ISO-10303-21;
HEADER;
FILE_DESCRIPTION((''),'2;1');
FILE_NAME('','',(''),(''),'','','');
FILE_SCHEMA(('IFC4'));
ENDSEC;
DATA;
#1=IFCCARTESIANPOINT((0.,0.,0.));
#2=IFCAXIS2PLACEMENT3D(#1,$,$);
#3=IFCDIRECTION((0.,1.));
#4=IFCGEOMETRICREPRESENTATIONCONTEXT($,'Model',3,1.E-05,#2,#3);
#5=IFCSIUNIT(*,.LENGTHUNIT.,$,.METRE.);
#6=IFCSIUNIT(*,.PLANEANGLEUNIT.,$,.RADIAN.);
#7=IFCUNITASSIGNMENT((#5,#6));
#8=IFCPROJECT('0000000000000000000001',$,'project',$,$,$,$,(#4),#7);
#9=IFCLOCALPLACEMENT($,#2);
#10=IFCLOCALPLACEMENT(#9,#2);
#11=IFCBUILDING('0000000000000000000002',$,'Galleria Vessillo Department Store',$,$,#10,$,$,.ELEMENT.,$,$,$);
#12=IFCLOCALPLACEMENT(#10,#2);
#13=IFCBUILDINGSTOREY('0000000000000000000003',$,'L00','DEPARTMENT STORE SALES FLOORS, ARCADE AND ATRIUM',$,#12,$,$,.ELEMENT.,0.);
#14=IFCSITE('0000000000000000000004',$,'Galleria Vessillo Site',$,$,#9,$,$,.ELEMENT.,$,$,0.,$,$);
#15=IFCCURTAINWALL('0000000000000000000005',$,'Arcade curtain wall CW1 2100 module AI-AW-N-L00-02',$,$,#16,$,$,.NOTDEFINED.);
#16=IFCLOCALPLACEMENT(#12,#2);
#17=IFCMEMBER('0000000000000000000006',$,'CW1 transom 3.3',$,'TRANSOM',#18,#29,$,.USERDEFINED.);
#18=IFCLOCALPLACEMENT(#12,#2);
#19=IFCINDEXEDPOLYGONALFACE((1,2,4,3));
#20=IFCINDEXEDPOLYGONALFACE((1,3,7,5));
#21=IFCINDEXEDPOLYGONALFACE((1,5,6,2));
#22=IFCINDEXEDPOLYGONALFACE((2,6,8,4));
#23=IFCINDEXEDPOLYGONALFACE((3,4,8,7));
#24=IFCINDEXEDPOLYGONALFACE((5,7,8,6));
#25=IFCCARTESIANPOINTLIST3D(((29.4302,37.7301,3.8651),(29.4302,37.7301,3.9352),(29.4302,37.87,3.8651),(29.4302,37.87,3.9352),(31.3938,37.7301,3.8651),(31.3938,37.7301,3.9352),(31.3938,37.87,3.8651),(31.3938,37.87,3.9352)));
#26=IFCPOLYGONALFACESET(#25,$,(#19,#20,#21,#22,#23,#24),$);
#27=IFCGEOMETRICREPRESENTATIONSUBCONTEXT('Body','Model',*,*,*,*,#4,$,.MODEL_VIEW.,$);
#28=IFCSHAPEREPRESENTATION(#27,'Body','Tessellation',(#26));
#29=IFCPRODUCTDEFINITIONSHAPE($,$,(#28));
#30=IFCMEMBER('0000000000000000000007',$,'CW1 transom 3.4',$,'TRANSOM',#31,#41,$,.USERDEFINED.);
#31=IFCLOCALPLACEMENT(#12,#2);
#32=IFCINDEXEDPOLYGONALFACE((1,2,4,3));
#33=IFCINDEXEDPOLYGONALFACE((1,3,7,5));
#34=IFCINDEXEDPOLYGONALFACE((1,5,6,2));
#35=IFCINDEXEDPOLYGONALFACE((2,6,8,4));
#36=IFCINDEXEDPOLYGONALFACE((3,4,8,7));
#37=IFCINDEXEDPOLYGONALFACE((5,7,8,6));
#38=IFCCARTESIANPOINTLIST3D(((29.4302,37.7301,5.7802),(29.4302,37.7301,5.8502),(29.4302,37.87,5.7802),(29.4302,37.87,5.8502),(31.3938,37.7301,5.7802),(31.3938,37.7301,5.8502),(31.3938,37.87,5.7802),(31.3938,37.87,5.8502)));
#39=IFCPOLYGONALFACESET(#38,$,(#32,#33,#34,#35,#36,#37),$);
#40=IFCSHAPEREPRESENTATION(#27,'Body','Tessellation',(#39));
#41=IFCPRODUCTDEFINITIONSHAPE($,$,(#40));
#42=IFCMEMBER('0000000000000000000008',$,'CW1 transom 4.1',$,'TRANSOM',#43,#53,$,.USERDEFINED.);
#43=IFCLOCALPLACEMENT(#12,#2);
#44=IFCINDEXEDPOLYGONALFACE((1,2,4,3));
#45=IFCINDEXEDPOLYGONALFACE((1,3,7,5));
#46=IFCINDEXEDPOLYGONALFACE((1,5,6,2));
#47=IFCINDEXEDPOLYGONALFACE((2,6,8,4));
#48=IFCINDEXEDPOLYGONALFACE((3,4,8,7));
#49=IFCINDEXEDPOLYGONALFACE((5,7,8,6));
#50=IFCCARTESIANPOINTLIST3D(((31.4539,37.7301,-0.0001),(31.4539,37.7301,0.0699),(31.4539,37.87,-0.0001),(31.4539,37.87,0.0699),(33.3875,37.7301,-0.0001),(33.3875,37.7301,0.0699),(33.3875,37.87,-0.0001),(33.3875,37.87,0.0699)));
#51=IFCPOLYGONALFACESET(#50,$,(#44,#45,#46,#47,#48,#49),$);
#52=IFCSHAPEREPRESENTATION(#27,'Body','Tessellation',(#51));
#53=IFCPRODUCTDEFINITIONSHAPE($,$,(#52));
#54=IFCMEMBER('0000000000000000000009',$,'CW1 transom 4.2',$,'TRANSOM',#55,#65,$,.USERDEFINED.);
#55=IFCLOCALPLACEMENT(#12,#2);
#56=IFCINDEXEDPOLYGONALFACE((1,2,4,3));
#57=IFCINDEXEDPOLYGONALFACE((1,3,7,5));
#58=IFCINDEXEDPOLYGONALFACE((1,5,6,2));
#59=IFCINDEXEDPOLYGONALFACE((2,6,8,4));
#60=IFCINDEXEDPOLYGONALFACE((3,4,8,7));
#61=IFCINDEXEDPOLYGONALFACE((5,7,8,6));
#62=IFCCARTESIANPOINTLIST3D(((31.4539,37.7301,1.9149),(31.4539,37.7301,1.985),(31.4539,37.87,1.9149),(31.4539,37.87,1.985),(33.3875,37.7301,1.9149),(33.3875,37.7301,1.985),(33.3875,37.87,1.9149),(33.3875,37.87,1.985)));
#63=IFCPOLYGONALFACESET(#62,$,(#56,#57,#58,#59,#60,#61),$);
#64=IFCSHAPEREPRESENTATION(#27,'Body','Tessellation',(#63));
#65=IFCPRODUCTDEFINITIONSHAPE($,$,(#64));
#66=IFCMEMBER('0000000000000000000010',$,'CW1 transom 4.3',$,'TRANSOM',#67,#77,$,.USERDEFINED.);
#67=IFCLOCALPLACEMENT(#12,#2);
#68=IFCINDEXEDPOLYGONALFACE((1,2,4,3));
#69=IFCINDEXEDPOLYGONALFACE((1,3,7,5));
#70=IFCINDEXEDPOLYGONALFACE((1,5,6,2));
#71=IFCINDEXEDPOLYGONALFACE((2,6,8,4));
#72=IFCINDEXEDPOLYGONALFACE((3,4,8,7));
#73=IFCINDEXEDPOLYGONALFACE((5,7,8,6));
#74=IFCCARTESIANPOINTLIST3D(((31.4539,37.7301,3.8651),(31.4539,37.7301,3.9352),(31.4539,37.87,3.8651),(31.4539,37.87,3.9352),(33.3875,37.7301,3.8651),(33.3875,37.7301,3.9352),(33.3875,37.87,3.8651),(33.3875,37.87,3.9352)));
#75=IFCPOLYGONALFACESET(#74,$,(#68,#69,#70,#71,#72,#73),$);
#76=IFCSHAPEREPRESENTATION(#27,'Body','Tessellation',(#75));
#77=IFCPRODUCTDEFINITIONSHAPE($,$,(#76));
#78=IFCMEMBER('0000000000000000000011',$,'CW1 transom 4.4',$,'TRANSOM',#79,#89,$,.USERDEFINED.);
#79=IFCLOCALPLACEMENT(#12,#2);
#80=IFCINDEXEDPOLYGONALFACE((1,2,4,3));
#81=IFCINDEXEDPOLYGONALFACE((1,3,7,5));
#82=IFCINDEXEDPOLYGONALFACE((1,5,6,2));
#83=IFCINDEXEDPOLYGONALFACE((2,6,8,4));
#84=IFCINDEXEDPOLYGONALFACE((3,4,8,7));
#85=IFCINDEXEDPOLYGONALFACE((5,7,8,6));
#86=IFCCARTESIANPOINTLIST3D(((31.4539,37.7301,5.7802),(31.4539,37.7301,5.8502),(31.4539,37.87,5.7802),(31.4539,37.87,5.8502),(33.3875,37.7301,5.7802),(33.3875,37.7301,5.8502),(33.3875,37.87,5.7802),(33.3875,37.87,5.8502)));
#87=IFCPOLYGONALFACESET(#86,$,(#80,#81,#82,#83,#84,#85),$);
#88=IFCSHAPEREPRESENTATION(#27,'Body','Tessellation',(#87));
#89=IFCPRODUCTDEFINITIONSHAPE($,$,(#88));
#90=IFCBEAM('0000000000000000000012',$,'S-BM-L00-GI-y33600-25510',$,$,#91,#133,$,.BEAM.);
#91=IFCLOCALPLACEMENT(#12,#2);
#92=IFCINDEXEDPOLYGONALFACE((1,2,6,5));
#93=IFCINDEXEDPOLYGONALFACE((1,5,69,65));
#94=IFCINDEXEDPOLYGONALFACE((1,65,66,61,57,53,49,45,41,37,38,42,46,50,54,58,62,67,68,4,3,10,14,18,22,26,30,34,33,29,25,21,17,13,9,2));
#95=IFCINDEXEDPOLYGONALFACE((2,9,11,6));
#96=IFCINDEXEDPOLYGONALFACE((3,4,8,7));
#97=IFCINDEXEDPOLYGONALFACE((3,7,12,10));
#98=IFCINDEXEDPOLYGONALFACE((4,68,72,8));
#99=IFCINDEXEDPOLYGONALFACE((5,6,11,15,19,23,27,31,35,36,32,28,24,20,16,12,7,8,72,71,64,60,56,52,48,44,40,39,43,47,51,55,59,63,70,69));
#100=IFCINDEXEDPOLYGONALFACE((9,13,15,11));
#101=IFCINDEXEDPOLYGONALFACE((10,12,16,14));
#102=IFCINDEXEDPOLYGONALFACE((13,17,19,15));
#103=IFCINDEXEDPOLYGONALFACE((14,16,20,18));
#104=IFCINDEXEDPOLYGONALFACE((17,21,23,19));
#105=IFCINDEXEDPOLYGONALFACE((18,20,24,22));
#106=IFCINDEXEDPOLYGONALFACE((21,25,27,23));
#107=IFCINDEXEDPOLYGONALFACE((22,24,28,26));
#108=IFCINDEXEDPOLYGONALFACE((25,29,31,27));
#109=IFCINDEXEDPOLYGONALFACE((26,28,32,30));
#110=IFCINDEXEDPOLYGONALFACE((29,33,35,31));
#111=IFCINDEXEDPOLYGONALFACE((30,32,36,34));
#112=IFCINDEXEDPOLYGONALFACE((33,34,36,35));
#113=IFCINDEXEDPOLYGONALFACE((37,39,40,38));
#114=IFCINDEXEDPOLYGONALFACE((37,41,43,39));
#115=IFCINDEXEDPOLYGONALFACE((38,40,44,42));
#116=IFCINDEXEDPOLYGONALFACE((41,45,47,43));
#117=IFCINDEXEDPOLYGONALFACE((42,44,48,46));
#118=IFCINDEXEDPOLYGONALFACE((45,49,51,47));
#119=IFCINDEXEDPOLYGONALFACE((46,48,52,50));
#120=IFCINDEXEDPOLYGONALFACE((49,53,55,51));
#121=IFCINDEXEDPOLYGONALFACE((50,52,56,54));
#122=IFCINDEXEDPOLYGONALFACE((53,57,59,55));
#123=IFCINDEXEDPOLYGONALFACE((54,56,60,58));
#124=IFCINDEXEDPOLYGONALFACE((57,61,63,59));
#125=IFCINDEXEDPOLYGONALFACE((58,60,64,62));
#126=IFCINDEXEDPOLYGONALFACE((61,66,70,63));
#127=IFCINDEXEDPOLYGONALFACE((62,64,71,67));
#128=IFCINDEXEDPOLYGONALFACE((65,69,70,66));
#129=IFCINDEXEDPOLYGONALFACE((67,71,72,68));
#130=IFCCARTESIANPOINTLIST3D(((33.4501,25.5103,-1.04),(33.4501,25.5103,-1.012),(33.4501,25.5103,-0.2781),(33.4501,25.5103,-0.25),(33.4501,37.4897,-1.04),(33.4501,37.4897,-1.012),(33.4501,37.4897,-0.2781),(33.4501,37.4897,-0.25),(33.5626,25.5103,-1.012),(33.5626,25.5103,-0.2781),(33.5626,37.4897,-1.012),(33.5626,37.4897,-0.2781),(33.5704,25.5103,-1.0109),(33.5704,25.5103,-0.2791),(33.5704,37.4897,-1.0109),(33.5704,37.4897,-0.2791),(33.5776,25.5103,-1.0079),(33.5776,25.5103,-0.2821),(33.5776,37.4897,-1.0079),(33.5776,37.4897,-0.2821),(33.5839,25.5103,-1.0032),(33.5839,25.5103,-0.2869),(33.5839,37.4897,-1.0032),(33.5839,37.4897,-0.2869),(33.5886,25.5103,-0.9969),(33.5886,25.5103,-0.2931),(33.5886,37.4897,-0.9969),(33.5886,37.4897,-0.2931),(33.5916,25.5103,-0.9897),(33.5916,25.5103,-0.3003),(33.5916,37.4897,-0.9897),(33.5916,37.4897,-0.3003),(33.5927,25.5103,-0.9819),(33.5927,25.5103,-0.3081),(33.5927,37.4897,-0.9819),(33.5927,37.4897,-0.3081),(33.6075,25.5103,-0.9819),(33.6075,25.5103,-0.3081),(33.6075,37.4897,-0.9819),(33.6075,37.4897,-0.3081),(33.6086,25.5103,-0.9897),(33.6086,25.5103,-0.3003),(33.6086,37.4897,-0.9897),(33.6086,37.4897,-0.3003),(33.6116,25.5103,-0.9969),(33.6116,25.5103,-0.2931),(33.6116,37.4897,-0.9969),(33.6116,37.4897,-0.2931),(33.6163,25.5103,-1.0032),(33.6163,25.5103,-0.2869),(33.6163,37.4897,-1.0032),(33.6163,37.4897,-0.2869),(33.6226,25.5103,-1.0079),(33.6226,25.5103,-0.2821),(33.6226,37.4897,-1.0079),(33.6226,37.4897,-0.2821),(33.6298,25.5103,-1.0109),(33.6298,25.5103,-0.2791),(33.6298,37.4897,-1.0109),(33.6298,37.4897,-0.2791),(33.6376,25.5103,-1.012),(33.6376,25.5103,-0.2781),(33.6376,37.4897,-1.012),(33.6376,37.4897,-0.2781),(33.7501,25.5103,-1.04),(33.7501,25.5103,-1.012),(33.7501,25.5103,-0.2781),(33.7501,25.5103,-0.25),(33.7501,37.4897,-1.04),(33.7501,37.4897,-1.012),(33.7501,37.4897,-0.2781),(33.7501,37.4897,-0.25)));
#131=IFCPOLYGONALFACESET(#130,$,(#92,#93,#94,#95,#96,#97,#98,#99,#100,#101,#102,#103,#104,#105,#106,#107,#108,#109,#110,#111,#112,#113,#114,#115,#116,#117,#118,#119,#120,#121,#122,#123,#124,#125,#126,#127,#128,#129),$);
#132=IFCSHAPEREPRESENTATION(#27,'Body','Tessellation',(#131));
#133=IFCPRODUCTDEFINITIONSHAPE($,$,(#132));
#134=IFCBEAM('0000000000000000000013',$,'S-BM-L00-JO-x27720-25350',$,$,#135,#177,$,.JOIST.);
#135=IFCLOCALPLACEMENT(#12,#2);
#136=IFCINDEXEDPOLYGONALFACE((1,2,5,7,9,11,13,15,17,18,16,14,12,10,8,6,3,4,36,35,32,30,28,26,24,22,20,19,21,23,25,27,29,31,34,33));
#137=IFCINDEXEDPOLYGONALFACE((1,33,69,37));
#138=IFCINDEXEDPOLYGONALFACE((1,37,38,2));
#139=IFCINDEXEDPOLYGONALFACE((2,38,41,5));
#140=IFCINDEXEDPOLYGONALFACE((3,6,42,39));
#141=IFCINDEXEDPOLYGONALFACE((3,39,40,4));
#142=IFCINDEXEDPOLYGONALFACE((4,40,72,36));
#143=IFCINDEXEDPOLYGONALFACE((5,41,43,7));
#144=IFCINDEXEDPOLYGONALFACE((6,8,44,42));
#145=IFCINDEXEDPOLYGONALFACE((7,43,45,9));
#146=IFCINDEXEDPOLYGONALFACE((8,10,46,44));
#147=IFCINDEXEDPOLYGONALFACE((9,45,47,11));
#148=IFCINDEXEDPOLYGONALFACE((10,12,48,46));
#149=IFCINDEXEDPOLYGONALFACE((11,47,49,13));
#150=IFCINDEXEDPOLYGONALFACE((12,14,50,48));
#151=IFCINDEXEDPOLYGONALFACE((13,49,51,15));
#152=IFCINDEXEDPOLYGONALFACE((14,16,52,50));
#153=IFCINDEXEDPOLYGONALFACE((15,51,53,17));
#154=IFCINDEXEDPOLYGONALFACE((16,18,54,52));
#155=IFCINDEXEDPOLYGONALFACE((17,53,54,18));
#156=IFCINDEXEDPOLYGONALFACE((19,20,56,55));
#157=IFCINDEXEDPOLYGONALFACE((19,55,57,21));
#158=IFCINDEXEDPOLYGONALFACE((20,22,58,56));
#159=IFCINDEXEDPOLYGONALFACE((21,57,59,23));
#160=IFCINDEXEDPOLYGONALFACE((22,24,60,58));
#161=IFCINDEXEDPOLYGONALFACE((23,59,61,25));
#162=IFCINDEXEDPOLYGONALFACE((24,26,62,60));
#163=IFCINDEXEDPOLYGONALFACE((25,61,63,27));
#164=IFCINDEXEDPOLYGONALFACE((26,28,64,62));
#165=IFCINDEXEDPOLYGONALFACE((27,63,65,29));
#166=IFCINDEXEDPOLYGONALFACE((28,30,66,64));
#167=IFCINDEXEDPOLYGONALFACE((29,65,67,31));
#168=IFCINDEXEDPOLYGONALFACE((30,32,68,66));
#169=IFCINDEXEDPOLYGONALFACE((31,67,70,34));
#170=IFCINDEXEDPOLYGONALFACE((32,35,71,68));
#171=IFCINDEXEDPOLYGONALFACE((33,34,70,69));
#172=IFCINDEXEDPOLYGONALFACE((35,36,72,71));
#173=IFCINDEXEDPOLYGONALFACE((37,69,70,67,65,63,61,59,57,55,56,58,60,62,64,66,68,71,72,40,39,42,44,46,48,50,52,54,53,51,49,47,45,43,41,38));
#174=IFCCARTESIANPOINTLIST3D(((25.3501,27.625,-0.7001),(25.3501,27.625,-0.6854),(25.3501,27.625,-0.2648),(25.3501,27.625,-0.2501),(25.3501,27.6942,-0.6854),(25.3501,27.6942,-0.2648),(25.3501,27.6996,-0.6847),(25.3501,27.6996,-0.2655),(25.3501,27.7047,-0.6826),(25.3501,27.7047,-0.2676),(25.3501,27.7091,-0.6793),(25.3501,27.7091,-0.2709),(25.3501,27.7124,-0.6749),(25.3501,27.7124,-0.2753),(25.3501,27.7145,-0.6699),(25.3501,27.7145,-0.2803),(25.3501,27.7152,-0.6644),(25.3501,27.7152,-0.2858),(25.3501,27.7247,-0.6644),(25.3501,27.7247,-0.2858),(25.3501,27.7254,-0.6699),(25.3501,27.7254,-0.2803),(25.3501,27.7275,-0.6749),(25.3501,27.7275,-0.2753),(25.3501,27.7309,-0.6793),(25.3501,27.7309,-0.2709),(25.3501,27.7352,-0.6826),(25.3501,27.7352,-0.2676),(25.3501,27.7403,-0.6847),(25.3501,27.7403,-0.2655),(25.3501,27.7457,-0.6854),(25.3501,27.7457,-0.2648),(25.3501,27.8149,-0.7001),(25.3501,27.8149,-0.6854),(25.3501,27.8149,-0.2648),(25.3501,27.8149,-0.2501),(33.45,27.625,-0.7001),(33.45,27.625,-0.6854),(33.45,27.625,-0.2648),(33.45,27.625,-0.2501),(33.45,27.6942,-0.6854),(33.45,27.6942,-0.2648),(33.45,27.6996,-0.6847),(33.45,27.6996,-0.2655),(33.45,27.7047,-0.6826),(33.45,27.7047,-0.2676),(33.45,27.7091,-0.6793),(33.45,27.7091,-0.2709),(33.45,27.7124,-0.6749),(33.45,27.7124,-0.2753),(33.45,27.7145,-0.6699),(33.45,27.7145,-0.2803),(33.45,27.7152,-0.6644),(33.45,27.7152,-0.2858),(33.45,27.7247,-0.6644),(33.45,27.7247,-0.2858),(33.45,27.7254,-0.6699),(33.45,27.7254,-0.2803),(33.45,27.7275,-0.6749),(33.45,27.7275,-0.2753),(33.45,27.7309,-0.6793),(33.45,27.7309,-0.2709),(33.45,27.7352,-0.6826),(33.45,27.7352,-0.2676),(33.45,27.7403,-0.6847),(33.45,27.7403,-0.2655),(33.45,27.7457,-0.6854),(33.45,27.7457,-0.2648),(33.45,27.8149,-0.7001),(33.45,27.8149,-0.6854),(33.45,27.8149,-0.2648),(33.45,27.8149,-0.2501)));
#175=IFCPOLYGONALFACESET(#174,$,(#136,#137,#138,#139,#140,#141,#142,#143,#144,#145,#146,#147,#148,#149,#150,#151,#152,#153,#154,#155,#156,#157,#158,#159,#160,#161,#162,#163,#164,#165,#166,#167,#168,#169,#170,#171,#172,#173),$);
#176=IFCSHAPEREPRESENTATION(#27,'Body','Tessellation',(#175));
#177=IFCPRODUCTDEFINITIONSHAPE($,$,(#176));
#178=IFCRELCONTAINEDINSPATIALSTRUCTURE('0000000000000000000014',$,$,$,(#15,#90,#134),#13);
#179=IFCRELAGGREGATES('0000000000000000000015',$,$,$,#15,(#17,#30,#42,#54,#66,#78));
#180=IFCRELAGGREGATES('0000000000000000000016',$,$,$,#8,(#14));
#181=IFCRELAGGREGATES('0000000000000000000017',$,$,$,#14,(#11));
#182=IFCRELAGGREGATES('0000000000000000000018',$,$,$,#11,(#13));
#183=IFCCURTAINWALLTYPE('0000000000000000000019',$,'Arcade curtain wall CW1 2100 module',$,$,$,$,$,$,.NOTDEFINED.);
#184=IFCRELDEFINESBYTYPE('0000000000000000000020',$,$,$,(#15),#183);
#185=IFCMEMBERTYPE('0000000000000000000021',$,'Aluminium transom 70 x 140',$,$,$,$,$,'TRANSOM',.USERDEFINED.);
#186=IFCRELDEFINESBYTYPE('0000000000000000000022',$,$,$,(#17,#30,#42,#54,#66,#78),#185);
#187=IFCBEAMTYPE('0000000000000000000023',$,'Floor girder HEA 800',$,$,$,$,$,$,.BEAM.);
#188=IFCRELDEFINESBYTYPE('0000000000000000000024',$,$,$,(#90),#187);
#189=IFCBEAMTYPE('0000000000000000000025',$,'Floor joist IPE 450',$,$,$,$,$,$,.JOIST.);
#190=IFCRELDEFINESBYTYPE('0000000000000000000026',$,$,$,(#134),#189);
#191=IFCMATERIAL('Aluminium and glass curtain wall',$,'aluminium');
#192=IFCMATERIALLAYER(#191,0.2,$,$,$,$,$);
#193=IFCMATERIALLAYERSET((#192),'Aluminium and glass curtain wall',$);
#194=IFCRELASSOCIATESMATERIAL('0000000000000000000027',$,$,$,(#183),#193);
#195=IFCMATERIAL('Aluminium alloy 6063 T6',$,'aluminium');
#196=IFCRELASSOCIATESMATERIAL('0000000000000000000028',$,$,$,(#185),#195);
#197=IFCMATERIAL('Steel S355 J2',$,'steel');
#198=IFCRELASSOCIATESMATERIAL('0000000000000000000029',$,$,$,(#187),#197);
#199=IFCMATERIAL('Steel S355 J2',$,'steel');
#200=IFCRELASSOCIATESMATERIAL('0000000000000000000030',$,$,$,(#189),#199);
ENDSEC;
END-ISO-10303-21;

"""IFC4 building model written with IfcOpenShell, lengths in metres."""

from ifc_helpers import new_model, si_unit, direction, frame, origin, origin_2d, place, context, subcontext, project, spatial, rectangle, i_section, extrude, material, layer, layer_set, material_profile, profile_set, type_object, element, aggregate, save


model = new_model("IFC4")

# Units and contexts
model_context = context("Model", 3, precision=1e-05, world=origin(), true_north=direction((0.0, 1.0)))
body_context = subcontext(model_context, "Body", "Model", "MODEL_VIEW")
ifc_project = project(units=[si_unit("LENGTHUNIT", "METRE"), si_unit("PLANEANGLEUNIT", "RADIAN")], contexts=[model_context])

# Site, building, storey
site_placement = place(None, origin())
site = spatial("IfcSite", under=ifc_project, at=site_placement, Name="Galleria Vessillo Site", CompositionType="ELEMENT", RefElevation=0.0)
building_placement = place(site_placement, origin())
building = spatial("IfcBuilding", under=site, at=building_placement, Name="Galleria Vessillo Department Store", CompositionType="ELEMENT")
storey_placement = place(building_placement, origin())
storey = spatial("IfcBuildingStorey", under=building, at=storey_placement, Name="L00", Description="DEPARTMENT STORE SALES FLOORS, ARCADE AND ATRIUM", CompositionType="ELEMENT", Elevation=0.0)

# Curtain wall, members
ifc_material_1 = material(Name="Aluminium and glass curtain wall", Category="aluminium")
ifc_layer_1 = layer(ifc_material_1, 0.2)
ifc_layer_set_1 = layer_set([ifc_layer_1], Name="Aluminium and glass curtain wall")
curtain_wall_type = type_object("IfcCurtainWallType", Name="Arcade curtain wall CW1 2100 module", PredefinedType="NOTDEFINED", material=ifc_layer_set_1)
curtain_wall_placement = place(storey_placement, origin())
curtain_wall = element("IfcCurtainWall", 1, at=curtain_wall_placement, inside=storey, type_object=curtain_wall_type, Name="Arcade curtain wall CW1 2100 module AI-AW-N-L00-02", PredefinedType="NOTDEFINED")
ifc_material_2 = material(Name="Aluminium alloy 6063 T6", Category="aluminium")
ifc_material_profile_1 = material_profile(ifc_material_2, rectangle(XDim=0.1399, YDim=0.0701, at=origin_2d()), Name="AL 70x140")
ifc_profile_set_1 = profile_set([ifc_material_profile_1], Name="Aluminium alloy 6063 T6")
member_type_1 = type_object("IfcMemberType", Name="Aluminium transom 70 x 140", ElementType="TRANSOM", PredefinedType="USERDEFINED", material=ifc_profile_set_1)
member_1_placement = place(storey_placement, frame((29.4302, 37.8, 3.9001), z_axis=(1.0, 0.0, 0.0), x_axis=(0.0, 1.0, 0.0)))
member_1 = element("IfcMember", 2, at=member_1_placement, type_object=member_type_1, Name="CW1 transom 3.3", ObjectType="TRANSOM", PredefinedType="USERDEFINED", context=body_context, shape_type="SweptSolid", body=[
    extrude(rectangle(XDim=0.1399, YDim=0.0701, at=origin_2d()), origin(), (0.0, 0.0, 1.0), 1.9636),
])
member_2_placement = place(storey_placement, frame((29.4302, 37.8, 5.8152), z_axis=(1.0, 0.0, 0.0), x_axis=(0.0, 1.0, 0.0)))
member_2 = element("IfcMember", 3, at=member_2_placement, type_object=member_type_1, Name="CW1 transom 3.4", ObjectType="TRANSOM", PredefinedType="USERDEFINED", context=body_context, shape_type="SweptSolid", body=[
    extrude(rectangle(XDim=0.1399, YDim=0.0701, at=origin_2d()), origin(), (0.0, 0.0, 1.0), 1.9636),
])
member_3_placement = place(storey_placement, frame((31.4539, 37.8, 0.0349), z_axis=(1.0, 0.0, 0.0), x_axis=(0.0, 1.0, 0.0)))
member_3 = element("IfcMember", 4, at=member_3_placement, type_object=member_type_1, Name="CW1 transom 4.1", ObjectType="TRANSOM", PredefinedType="USERDEFINED", context=body_context, shape_type="SweptSolid", body=[
    extrude(rectangle(XDim=0.1399, YDim=0.0701, at=origin_2d()), origin(), (0.0, 0.0, 1.0), 1.9336),
])
member_4_placement = place(storey_placement, frame((31.4539, 37.8, 1.95), z_axis=(1.0, 0.0, 0.0), x_axis=(0.0, 1.0, 0.0)))
member_4 = element("IfcMember", 5, at=member_4_placement, type_object=member_type_1, Name="CW1 transom 4.2", ObjectType="TRANSOM", PredefinedType="USERDEFINED", context=body_context, shape_type="SweptSolid", body=[
    extrude(rectangle(XDim=0.1399, YDim=0.0701, at=origin_2d()), origin(), (0.0, 0.0, 1.0), 1.9336),
])
member_5_placement = place(storey_placement, frame((31.4539, 37.8, 3.9001), z_axis=(1.0, 0.0, 0.0), x_axis=(0.0, 1.0, 0.0)))
member_5 = element("IfcMember", 6, at=member_5_placement, type_object=member_type_1, Name="CW1 transom 4.3", ObjectType="TRANSOM", PredefinedType="USERDEFINED", context=body_context, shape_type="SweptSolid", body=[
    extrude(rectangle(XDim=0.1399, YDim=0.0701, at=origin_2d()), origin(), (0.0, 0.0, 1.0), 1.9336),
])
member_6_placement = place(storey_placement, frame((31.4539, 37.8, 5.8152), z_axis=(1.0, 0.0, 0.0), x_axis=(0.0, 1.0, 0.0)))
member_6 = element("IfcMember", 7, at=member_6_placement, type_object=member_type_1, Name="CW1 transom 4.4", ObjectType="TRANSOM", PredefinedType="USERDEFINED", context=body_context, shape_type="SweptSolid", body=[
    extrude(rectangle(XDim=0.1399, YDim=0.0701, at=origin_2d()), origin(), (0.0, 0.0, 1.0), 1.9336),
])

# Beams
ifc_material_3 = material(Name="Steel S355 J2", Category="steel")
ifc_material_profile_2 = material_profile(ifc_material_3, i_section(OverallWidth=0.3, OverallDepth=0.79, WebThickness=0.0149, FlangeThickness=0.0281, FilletRadius=0.03, at=origin_2d()), Name="HEA 800")
ifc_profile_set_2 = profile_set([ifc_material_profile_2], Name="Steel S355 J2")
beam_type_1 = type_object("IfcBeamType", Name="Floor girder HEA 800", PredefinedType="BEAM", material=ifc_profile_set_2)
beam_1_placement = place(storey_placement, frame((33.6001, 25.5103, -0.645), z_axis=(0.0, 1.0, 0.0), x_axis=(-1.0, 0.0, 0.0)))
element("IfcBeam", 8, at=beam_1_placement, inside=storey, type_object=beam_type_1, Name="S-BM-L00-GI-y33600-25510", PredefinedType="BEAM", context=body_context, shape_type="SweptSolid", body=[
    extrude(i_section(OverallWidth=0.3, OverallDepth=0.79, WebThickness=0.0149, FlangeThickness=0.0281, FilletRadius=0.03, at=origin_2d()), origin(), (0.0, 0.0, 1.0), 11.9795),
])
ifc_material_4 = material(Name="Steel S355 J2", Category="steel")
ifc_material_profile_3 = material_profile(ifc_material_4, i_section(OverallWidth=0.1899, OverallDepth=0.45, WebThickness=0.0095, FlangeThickness=0.0146, FilletRadius=0.021, at=origin_2d()), Name="IPE 450")
ifc_profile_set_3 = profile_set([ifc_material_profile_3], Name="Steel S355 J2")
beam_type_2 = type_object("IfcBeamType", Name="Floor joist IPE 450", PredefinedType="JOIST", material=ifc_profile_set_3)
for number, where, z_axis, x_axis, name in (
    (9, (25.3501, 27.72, -0.4751), (1.0, 0.0, 0.0), (0.0, 1.0, 0.0), "S-BM-L00-JO-x27720-25350"),
):
    element("IfcBeam", number, at=place(storey_placement, frame(where, z_axis=z_axis, x_axis=x_axis)), inside=storey, type_object=beam_type_2, Name=name, PredefinedType="JOIST", context=body_context, shape_type="SweptSolid", body=[
        extrude(i_section(OverallWidth=0.1899, OverallDepth=0.45, WebThickness=0.0095, FlangeThickness=0.0146, FilletRadius=0.021, at=origin_2d()), origin(), (0.0, 0.0, 1.0), 8.0999),
    ])

aggregate(curtain_wall, [member_1, member_2, member_3, member_4, member_5, member_6])

save(model, "model.ifc")
